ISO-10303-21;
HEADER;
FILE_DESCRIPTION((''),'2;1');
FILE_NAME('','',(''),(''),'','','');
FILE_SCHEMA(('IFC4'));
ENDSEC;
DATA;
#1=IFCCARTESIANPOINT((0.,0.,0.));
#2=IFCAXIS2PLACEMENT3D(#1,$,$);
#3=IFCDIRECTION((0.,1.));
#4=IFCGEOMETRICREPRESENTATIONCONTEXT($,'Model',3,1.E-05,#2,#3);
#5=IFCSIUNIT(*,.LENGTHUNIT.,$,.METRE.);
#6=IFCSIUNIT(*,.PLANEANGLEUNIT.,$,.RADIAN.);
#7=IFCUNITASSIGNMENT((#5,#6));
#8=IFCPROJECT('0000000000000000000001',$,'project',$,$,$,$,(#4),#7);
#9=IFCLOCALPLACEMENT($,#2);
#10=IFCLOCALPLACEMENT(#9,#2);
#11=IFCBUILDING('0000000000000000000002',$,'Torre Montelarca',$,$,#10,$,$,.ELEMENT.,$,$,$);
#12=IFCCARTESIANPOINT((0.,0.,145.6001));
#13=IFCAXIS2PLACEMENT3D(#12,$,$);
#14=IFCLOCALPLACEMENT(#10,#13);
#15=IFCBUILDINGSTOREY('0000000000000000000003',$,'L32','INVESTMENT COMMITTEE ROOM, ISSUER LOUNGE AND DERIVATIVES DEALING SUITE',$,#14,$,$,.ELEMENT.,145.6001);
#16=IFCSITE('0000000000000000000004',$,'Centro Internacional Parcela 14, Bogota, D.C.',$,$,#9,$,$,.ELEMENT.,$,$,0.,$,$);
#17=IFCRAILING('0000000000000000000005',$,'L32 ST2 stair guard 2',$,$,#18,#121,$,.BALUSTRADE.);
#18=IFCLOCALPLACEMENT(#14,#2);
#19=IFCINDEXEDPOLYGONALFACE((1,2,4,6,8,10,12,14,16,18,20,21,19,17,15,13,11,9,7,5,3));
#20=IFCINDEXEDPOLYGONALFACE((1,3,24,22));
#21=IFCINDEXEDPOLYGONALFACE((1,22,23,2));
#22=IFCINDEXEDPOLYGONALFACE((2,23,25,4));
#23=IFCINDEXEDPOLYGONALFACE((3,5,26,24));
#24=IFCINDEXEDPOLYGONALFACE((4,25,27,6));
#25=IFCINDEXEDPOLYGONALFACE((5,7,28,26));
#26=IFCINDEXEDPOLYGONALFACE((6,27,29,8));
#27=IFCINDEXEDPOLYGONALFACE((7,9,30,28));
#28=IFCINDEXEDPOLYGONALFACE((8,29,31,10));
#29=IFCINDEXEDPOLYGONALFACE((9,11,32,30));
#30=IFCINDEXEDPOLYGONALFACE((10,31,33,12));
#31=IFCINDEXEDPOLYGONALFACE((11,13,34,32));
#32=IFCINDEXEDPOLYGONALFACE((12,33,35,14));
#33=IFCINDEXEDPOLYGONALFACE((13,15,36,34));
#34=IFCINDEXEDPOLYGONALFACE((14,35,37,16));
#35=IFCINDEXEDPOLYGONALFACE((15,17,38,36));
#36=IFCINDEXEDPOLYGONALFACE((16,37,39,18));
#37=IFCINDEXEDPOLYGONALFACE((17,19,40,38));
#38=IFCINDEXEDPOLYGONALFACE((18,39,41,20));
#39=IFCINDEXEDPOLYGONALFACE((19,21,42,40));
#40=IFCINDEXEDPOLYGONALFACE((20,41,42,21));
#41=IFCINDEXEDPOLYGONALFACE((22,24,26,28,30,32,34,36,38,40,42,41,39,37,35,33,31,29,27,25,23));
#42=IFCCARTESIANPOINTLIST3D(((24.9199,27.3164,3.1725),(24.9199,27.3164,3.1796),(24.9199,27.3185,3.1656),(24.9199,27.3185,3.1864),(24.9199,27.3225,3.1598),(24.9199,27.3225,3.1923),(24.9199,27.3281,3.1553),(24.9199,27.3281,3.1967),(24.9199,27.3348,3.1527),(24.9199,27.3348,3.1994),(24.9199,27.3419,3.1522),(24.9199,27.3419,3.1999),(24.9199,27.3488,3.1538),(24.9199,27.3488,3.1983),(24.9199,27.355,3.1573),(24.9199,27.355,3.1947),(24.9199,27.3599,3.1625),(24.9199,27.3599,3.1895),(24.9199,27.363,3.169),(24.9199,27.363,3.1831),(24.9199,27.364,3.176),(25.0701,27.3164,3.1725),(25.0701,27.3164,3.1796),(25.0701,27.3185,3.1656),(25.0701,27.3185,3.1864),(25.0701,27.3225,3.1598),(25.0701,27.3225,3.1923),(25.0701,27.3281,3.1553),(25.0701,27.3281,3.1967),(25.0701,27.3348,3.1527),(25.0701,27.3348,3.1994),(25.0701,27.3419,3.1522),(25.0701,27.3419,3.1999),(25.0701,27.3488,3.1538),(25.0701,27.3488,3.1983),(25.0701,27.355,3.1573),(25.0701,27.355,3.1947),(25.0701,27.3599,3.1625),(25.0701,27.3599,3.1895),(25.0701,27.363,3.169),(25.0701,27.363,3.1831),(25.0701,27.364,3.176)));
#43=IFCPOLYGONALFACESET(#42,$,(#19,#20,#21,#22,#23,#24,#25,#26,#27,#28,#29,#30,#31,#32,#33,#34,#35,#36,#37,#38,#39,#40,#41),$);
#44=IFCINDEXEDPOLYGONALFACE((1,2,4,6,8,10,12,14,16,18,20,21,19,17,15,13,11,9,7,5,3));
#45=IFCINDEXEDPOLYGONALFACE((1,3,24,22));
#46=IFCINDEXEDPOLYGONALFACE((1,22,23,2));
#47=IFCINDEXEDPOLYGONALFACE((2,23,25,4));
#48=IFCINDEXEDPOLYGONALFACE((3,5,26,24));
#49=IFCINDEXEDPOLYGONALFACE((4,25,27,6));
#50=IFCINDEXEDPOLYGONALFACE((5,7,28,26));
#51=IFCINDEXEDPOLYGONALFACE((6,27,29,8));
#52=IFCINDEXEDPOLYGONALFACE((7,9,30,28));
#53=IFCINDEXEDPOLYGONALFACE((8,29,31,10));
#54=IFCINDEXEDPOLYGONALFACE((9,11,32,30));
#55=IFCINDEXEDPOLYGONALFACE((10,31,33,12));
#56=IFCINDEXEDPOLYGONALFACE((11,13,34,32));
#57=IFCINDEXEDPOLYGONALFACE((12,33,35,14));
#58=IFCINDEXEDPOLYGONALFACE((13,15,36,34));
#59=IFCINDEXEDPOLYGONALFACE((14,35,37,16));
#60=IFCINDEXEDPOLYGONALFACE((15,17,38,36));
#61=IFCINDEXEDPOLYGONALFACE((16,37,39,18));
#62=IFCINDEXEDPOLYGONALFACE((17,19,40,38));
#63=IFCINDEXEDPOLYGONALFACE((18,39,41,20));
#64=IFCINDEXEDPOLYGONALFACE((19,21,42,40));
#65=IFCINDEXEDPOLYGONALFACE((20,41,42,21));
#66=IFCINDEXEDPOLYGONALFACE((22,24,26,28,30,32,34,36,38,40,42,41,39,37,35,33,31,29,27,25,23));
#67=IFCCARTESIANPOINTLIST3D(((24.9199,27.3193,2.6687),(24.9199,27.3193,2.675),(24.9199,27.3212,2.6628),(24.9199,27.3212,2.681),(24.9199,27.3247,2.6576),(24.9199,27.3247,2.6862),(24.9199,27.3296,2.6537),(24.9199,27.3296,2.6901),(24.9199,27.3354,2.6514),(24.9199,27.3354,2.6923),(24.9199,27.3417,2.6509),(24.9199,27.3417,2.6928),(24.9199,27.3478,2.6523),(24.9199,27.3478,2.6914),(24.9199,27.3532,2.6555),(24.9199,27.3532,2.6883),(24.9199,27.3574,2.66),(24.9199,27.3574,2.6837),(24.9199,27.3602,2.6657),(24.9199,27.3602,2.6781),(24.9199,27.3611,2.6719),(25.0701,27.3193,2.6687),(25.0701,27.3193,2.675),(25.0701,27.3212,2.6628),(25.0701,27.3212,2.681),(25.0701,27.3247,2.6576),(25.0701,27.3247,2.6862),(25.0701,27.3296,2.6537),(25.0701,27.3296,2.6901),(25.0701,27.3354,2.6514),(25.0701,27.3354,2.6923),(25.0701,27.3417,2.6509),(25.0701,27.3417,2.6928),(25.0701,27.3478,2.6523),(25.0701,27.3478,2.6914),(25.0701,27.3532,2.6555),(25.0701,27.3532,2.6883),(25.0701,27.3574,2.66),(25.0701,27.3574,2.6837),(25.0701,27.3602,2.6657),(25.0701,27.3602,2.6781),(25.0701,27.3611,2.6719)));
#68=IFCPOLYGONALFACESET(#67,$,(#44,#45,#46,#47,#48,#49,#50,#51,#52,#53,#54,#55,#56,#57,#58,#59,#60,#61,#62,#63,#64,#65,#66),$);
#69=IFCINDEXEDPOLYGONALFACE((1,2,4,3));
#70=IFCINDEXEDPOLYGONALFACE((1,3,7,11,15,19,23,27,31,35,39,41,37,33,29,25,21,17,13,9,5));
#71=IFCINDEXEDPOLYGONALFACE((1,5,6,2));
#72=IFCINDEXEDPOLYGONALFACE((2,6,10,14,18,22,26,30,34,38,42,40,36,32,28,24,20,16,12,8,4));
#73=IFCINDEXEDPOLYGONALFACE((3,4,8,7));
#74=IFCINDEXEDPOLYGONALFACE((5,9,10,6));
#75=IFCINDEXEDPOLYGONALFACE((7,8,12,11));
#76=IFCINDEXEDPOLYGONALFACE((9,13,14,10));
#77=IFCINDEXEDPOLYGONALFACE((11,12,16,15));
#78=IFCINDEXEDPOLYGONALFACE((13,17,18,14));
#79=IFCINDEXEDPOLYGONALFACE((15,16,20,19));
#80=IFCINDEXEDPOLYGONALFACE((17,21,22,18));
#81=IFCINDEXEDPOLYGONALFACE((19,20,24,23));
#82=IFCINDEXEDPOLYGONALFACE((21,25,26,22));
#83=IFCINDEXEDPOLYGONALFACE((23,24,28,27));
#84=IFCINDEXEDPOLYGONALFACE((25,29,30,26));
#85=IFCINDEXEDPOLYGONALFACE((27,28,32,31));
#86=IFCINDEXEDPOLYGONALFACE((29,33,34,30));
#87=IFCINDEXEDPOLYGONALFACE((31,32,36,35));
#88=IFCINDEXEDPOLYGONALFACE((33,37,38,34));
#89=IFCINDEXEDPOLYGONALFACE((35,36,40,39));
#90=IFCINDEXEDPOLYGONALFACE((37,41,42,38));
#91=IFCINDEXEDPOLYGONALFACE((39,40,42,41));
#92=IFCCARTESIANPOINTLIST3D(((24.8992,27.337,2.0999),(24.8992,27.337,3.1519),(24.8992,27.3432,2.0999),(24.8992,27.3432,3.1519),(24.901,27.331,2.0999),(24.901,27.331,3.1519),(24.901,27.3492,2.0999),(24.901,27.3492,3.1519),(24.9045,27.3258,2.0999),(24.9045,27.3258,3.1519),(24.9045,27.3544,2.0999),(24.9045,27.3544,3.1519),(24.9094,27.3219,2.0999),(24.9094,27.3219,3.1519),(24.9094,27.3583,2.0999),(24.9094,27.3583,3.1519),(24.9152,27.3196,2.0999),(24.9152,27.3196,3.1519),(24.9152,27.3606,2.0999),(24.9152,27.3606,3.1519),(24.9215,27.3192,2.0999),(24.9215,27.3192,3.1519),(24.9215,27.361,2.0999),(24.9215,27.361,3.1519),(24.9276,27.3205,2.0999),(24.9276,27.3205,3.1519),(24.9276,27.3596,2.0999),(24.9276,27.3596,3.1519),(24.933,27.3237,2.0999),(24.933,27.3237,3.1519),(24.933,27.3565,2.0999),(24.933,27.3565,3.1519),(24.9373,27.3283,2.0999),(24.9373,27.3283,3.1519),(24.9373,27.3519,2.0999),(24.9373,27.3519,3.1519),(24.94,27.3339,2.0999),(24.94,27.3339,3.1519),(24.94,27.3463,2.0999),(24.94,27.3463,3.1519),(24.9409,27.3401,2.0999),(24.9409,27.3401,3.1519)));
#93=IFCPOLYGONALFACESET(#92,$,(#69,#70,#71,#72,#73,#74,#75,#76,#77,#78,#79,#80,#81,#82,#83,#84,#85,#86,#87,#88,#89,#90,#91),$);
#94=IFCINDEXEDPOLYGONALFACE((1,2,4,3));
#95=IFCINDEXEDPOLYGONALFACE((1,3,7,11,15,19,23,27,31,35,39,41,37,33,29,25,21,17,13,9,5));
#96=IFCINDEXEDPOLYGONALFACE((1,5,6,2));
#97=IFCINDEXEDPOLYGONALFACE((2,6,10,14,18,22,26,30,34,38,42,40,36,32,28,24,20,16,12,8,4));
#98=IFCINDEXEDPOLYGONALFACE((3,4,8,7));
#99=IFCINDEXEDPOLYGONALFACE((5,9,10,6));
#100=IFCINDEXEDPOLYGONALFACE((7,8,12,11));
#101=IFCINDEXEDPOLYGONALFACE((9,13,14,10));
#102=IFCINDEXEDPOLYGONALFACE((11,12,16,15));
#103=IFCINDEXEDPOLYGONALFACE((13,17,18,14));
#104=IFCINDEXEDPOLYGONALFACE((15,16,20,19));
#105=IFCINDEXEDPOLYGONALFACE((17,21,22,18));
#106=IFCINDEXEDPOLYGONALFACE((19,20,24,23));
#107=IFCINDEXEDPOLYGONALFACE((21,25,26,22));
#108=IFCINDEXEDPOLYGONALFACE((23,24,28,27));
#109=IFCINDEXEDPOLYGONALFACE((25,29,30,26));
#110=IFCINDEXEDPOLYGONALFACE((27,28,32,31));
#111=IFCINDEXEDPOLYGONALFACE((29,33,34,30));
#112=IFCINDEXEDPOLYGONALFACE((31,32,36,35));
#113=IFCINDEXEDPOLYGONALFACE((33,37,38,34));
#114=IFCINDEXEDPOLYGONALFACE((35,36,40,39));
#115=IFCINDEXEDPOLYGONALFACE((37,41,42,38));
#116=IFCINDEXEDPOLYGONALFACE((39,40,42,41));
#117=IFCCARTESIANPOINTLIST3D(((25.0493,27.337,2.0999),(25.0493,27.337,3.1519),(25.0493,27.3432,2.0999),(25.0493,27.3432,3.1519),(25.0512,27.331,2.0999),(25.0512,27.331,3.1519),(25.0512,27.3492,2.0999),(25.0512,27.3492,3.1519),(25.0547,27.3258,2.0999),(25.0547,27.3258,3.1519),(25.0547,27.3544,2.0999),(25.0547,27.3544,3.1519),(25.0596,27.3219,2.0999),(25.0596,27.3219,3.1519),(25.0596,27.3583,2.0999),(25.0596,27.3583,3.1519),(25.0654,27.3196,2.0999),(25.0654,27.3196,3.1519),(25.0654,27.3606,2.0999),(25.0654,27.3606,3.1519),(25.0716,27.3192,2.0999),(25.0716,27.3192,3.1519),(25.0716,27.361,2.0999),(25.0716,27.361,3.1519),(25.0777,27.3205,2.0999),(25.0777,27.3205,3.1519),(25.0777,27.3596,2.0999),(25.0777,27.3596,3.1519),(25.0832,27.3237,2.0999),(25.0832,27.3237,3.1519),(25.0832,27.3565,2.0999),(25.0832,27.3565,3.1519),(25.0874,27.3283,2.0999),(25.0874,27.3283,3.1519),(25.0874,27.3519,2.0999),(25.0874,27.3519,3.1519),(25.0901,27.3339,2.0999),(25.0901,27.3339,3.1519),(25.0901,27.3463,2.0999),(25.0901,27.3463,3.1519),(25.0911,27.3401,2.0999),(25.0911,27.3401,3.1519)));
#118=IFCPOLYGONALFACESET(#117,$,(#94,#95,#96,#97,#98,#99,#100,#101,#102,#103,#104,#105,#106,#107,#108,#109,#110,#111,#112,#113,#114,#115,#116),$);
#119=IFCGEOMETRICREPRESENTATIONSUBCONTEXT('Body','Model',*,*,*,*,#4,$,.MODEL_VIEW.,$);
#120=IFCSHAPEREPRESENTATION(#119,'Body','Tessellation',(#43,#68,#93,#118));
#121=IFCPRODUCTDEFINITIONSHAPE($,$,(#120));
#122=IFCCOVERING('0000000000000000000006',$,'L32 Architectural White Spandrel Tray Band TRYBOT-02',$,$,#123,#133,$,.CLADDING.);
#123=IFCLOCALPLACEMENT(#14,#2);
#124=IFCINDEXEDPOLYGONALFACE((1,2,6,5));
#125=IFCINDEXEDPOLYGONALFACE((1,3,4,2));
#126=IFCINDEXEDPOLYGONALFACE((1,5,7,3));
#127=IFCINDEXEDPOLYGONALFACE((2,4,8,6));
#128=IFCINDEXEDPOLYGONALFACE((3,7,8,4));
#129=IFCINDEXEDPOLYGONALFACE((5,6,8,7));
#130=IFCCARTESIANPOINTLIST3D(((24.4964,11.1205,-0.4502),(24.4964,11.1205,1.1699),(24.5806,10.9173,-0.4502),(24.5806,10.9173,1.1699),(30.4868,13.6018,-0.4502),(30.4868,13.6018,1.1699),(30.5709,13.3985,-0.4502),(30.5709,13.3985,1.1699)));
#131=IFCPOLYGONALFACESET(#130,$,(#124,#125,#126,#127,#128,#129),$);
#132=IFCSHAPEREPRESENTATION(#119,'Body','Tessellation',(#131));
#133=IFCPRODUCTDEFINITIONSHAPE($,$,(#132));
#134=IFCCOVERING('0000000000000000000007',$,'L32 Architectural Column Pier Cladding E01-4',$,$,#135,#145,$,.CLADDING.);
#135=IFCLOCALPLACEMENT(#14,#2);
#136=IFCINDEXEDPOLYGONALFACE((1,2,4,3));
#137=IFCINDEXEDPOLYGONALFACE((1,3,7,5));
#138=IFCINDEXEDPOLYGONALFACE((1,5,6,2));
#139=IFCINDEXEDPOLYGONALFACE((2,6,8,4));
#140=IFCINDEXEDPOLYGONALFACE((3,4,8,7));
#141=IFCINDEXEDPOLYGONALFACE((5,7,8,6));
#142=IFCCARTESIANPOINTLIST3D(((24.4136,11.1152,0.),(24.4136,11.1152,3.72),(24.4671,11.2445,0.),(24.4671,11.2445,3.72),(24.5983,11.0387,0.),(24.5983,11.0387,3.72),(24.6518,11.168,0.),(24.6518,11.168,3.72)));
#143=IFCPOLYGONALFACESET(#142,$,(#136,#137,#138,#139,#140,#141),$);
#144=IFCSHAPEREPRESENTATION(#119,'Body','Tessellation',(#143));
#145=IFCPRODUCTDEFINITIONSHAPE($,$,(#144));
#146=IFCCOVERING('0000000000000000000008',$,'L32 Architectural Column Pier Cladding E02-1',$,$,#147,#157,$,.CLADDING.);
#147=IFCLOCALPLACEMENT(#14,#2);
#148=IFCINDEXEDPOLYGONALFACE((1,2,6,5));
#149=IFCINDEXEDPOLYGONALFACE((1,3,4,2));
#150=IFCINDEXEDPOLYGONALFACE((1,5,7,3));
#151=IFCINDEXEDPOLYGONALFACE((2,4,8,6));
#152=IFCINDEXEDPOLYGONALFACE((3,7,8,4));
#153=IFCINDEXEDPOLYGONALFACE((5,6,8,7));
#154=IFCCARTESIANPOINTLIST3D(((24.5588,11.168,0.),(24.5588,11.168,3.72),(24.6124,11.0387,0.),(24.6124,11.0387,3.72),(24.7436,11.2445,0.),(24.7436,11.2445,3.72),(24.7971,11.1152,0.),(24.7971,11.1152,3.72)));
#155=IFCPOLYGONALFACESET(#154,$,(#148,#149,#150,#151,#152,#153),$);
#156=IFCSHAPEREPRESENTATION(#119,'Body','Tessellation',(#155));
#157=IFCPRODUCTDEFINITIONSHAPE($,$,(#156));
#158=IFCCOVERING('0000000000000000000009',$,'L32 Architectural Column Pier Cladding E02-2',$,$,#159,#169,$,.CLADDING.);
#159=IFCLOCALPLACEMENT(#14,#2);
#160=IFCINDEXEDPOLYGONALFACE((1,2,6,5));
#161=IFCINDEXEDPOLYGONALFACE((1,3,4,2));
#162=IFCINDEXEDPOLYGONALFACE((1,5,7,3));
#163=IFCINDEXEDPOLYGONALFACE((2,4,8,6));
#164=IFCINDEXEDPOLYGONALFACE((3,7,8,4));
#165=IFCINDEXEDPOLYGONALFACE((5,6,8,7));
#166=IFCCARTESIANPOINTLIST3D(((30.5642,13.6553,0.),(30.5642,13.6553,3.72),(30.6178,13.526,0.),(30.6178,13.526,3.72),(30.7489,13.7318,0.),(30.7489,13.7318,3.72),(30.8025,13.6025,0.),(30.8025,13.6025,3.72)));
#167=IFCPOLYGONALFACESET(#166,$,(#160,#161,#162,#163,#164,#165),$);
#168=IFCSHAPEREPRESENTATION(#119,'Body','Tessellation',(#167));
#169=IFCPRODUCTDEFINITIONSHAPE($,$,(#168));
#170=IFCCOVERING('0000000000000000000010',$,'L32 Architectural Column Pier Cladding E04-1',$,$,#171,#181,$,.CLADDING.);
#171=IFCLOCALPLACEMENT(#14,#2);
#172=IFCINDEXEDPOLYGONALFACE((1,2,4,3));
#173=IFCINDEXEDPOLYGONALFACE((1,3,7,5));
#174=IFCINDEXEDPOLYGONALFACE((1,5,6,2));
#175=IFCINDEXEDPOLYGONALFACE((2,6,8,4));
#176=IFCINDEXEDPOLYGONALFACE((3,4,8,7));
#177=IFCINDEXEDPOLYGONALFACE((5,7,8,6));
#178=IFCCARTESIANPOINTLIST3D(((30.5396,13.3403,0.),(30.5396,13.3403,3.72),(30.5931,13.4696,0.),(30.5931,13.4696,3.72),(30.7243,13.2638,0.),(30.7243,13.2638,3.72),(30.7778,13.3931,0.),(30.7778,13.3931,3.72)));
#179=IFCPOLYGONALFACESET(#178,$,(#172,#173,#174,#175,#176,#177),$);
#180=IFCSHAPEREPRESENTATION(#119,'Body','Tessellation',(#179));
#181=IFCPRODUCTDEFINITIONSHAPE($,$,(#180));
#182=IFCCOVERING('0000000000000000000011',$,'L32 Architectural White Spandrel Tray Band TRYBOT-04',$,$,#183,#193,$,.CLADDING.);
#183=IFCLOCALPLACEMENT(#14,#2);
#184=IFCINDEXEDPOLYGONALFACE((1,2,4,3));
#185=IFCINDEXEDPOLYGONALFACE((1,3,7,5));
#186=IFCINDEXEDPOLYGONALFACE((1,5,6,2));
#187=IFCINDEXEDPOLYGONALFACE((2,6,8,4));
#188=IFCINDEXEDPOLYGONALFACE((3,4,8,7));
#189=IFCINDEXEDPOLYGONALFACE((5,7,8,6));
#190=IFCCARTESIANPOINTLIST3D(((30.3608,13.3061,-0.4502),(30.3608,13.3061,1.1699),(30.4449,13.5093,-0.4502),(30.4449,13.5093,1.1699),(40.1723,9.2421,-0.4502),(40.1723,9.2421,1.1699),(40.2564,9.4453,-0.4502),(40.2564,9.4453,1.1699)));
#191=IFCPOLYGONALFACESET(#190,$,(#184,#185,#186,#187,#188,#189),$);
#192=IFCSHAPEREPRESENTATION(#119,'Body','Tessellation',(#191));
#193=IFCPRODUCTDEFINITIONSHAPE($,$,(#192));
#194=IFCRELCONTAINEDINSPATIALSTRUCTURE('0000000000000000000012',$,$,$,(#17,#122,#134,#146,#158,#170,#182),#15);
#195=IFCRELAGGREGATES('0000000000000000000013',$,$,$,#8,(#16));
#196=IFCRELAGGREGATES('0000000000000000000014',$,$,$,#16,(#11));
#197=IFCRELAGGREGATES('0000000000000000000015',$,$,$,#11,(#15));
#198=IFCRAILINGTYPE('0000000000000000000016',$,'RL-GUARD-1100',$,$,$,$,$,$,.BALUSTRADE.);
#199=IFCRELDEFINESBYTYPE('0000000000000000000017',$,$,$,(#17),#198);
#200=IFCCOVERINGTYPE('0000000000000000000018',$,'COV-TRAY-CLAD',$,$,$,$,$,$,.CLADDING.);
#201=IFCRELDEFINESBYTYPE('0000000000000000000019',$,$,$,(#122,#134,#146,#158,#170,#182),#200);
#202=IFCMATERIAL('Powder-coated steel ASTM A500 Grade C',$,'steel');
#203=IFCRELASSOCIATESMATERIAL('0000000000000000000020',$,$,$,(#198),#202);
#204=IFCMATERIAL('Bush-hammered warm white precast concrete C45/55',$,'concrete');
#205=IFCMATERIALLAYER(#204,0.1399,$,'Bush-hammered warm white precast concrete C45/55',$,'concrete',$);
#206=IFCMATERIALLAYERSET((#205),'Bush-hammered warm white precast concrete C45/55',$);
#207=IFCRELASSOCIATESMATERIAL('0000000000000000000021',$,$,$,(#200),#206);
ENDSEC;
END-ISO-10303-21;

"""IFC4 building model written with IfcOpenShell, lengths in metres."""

from ifc_helpers import new_model, si_unit, direction, frame, origin, origin_2d, place, context, subcontext, project, spatial, rectangle, circle, extrude, source, transform, mapped, material, layer, layer_set, type_object, element, save


model = new_model("IFC4")

# Units and contexts
model_context = context("Model", 3, precision=1e-05, world=origin(), true_north=direction((0.0, 1.0)))
body_context = subcontext(model_context, "Body", "Model", "MODEL_VIEW")
ifc_project = project(units=[si_unit("LENGTHUNIT", "METRE"), si_unit("PLANEANGLEUNIT", "RADIAN")], contexts=[model_context])

# Site, building, storey
site_placement = place(None, origin())
site = spatial("IfcSite", under=ifc_project, at=site_placement, Name="Centro Internacional Parcela 14, Bogota, D.C.", CompositionType="ELEMENT", RefElevation=0.0)
building_placement = place(site_placement, origin())
building = spatial("IfcBuilding", under=site, at=building_placement, Name="Torre Montelarca", CompositionType="ELEMENT")
storey_placement = place(building_placement, frame((0.0, 0.0, 145.6001)))
storey = spatial("IfcBuildingStorey", under=building, at=storey_placement, Name="L32", Description="INVESTMENT COMMITTEE ROOM, ISSUER LOUNGE AND DERIVATIVES DEALING SUITE", CompositionType="ELEMENT", Elevation=145.6001)

# Railing
ifc_material_1 = material(Name="Powder-coated steel ASTM A500 Grade C", Category="steel")
railing_type = type_object("IfcRailingType", Name="RL-GUARD-1100", PredefinedType="BALUSTRADE", material=ifc_material_1)
railing_placement = place(storey_placement, frame((24.9199, 27.3401, 2.0999)))
element("IfcRailing", 1, at=railing_placement, inside=storey, type_object=railing_type, Name="L32 ST2 stair guard 2", PredefinedType="BALUSTRADE", context=body_context, shape_type="SweptSolid", body=[
    extrude(circle(Radius=0.0239, at=origin_2d()), frame((0.0, 0.0, 1.0762), z_axis=(1.0, 0.0, 0.0), x_axis=(0.0, 1.0, 0.0)), (0.0, 0.0, 1.0), 0.1501),
    extrude(circle(Radius=0.021, at=origin_2d()), frame((0.0, 0.0, 0.572), z_axis=(1.0, 0.0, 0.0), x_axis=(0.0, 1.0, 0.0)), (0.0, 0.0, 1.0), 0.1501),
    extrude(circle(Radius=0.021, at=origin_2d()), origin(), (0.0, 0.0, 1.0), 1.052),
    extrude(circle(Radius=0.021, at=origin_2d()), frame((0.1501, 0.0, 0.0)), (0.0, 0.0, 1.0), 1.052),
])

# Coverings
ifc_material_2 = material(Name="Bush-hammered warm white precast concrete C45/55", Category="concrete")
ifc_layer_1 = layer(ifc_material_2, 0.1399, Name="Bush-hammered warm white precast concrete C45/55", Category="concrete")
ifc_layer_set_1 = layer_set([ifc_layer_1], Name="Bush-hammered warm white precast concrete C45/55")
covering_type = type_object("IfcCoveringType", Name="COV-TRAY-CLAD", PredefinedType="CLADDING", material=ifc_layer_set_1)
shared_shape_1 = source(origin(), body_context, "Body", "SweptSolid", [
    extrude(rectangle(XDim=6.4839, YDim=0.22, at=origin_2d()), origin(), (0.0, 0.0, 1.0), 1.6201),
])
covering_1_placement = place(storey_placement, frame((27.5337, 12.2595, -0.4502), z_axis=(0.0, 0.0, 1.0), x_axis=(0.92388, 0.382682, 0.0)))
element("IfcCovering", 2, at=covering_1_placement, inside=storey, type_object=covering_type, Name="L32 Architectural White Spandrel Tray Band TRYBOT-02", PredefinedType="CLADDING", context=body_context, shape_type="MappedRepresentation", body=[
    mapped(shared_shape_1, transform((0.0, 0.0, 0.0), scale=1.0)),
])
shared_shape_2 = source(origin(), body_context, "Body", "SweptSolid", [
    extrude(rectangle(XDim=0.2, YDim=0.1399, at=origin_2d()), origin(), (0.0, 0.0, 1.0), 3.72),
])
for number, where, z_axis, x_axis, name in (
    (3, (24.5327, 11.1416, 0.0), (0.0, 0.0, 1.0), (0.923878, -0.382687, 0.0), "L32 Architectural Column Pier Cladding E01-4"),
    (4, (24.678, 11.1416, 0.0), (0.0, 0.0, 1.0), (0.923882, 0.382677, 0.0), "L32 Architectural Column Pier Cladding E02-1"),
    (5, (30.6833, 13.6289, 0.0), (0.0, 0.0, 1.0), (0.923882, 0.382677, 0.0), "L32 Architectural Column Pier Cladding E02-2"),
    (6, (30.6587, 13.3667, 0.0), (0.0, 0.0, 1.0), (0.923883, -0.382675, 0.0), "L32 Architectural Column Pier Cladding E04-1"),
):
    element("IfcCovering", number, at=place(storey_placement, frame(where, z_axis=z_axis, x_axis=x_axis)), inside=storey, type_object=covering_type, Name=name, PredefinedType="CLADDING", context=body_context, shape_type="MappedRepresentation", body=[
        mapped(shared_shape_2, transform((0.0, 0.0, 0.0), scale=1.0)),
    ])
shared_shape_3 = source(origin(), body_context, "Body", "SweptSolid", [
    extrude(rectangle(XDim=10.6199, YDim=0.22, at=origin_2d()), origin(), (0.0, 0.0, 1.0), 1.6201),
])
covering_2_placement = place(storey_placement, frame((35.3086, 11.3757, -0.4502), z_axis=(0.0, 0.0, 1.0), x_axis=(0.923882, -0.382679, 0.0)))
element("IfcCovering", 7, at=covering_2_placement, inside=storey, type_object=covering_type, Name="L32 Architectural White Spandrel Tray Band TRYBOT-04", PredefinedType="CLADDING", context=body_context, shape_type="MappedRepresentation", body=[
    mapped(shared_shape_3, transform((0.0, 0.0, 0.0), scale=1.0)),
])

save(model, "model.ifc")
